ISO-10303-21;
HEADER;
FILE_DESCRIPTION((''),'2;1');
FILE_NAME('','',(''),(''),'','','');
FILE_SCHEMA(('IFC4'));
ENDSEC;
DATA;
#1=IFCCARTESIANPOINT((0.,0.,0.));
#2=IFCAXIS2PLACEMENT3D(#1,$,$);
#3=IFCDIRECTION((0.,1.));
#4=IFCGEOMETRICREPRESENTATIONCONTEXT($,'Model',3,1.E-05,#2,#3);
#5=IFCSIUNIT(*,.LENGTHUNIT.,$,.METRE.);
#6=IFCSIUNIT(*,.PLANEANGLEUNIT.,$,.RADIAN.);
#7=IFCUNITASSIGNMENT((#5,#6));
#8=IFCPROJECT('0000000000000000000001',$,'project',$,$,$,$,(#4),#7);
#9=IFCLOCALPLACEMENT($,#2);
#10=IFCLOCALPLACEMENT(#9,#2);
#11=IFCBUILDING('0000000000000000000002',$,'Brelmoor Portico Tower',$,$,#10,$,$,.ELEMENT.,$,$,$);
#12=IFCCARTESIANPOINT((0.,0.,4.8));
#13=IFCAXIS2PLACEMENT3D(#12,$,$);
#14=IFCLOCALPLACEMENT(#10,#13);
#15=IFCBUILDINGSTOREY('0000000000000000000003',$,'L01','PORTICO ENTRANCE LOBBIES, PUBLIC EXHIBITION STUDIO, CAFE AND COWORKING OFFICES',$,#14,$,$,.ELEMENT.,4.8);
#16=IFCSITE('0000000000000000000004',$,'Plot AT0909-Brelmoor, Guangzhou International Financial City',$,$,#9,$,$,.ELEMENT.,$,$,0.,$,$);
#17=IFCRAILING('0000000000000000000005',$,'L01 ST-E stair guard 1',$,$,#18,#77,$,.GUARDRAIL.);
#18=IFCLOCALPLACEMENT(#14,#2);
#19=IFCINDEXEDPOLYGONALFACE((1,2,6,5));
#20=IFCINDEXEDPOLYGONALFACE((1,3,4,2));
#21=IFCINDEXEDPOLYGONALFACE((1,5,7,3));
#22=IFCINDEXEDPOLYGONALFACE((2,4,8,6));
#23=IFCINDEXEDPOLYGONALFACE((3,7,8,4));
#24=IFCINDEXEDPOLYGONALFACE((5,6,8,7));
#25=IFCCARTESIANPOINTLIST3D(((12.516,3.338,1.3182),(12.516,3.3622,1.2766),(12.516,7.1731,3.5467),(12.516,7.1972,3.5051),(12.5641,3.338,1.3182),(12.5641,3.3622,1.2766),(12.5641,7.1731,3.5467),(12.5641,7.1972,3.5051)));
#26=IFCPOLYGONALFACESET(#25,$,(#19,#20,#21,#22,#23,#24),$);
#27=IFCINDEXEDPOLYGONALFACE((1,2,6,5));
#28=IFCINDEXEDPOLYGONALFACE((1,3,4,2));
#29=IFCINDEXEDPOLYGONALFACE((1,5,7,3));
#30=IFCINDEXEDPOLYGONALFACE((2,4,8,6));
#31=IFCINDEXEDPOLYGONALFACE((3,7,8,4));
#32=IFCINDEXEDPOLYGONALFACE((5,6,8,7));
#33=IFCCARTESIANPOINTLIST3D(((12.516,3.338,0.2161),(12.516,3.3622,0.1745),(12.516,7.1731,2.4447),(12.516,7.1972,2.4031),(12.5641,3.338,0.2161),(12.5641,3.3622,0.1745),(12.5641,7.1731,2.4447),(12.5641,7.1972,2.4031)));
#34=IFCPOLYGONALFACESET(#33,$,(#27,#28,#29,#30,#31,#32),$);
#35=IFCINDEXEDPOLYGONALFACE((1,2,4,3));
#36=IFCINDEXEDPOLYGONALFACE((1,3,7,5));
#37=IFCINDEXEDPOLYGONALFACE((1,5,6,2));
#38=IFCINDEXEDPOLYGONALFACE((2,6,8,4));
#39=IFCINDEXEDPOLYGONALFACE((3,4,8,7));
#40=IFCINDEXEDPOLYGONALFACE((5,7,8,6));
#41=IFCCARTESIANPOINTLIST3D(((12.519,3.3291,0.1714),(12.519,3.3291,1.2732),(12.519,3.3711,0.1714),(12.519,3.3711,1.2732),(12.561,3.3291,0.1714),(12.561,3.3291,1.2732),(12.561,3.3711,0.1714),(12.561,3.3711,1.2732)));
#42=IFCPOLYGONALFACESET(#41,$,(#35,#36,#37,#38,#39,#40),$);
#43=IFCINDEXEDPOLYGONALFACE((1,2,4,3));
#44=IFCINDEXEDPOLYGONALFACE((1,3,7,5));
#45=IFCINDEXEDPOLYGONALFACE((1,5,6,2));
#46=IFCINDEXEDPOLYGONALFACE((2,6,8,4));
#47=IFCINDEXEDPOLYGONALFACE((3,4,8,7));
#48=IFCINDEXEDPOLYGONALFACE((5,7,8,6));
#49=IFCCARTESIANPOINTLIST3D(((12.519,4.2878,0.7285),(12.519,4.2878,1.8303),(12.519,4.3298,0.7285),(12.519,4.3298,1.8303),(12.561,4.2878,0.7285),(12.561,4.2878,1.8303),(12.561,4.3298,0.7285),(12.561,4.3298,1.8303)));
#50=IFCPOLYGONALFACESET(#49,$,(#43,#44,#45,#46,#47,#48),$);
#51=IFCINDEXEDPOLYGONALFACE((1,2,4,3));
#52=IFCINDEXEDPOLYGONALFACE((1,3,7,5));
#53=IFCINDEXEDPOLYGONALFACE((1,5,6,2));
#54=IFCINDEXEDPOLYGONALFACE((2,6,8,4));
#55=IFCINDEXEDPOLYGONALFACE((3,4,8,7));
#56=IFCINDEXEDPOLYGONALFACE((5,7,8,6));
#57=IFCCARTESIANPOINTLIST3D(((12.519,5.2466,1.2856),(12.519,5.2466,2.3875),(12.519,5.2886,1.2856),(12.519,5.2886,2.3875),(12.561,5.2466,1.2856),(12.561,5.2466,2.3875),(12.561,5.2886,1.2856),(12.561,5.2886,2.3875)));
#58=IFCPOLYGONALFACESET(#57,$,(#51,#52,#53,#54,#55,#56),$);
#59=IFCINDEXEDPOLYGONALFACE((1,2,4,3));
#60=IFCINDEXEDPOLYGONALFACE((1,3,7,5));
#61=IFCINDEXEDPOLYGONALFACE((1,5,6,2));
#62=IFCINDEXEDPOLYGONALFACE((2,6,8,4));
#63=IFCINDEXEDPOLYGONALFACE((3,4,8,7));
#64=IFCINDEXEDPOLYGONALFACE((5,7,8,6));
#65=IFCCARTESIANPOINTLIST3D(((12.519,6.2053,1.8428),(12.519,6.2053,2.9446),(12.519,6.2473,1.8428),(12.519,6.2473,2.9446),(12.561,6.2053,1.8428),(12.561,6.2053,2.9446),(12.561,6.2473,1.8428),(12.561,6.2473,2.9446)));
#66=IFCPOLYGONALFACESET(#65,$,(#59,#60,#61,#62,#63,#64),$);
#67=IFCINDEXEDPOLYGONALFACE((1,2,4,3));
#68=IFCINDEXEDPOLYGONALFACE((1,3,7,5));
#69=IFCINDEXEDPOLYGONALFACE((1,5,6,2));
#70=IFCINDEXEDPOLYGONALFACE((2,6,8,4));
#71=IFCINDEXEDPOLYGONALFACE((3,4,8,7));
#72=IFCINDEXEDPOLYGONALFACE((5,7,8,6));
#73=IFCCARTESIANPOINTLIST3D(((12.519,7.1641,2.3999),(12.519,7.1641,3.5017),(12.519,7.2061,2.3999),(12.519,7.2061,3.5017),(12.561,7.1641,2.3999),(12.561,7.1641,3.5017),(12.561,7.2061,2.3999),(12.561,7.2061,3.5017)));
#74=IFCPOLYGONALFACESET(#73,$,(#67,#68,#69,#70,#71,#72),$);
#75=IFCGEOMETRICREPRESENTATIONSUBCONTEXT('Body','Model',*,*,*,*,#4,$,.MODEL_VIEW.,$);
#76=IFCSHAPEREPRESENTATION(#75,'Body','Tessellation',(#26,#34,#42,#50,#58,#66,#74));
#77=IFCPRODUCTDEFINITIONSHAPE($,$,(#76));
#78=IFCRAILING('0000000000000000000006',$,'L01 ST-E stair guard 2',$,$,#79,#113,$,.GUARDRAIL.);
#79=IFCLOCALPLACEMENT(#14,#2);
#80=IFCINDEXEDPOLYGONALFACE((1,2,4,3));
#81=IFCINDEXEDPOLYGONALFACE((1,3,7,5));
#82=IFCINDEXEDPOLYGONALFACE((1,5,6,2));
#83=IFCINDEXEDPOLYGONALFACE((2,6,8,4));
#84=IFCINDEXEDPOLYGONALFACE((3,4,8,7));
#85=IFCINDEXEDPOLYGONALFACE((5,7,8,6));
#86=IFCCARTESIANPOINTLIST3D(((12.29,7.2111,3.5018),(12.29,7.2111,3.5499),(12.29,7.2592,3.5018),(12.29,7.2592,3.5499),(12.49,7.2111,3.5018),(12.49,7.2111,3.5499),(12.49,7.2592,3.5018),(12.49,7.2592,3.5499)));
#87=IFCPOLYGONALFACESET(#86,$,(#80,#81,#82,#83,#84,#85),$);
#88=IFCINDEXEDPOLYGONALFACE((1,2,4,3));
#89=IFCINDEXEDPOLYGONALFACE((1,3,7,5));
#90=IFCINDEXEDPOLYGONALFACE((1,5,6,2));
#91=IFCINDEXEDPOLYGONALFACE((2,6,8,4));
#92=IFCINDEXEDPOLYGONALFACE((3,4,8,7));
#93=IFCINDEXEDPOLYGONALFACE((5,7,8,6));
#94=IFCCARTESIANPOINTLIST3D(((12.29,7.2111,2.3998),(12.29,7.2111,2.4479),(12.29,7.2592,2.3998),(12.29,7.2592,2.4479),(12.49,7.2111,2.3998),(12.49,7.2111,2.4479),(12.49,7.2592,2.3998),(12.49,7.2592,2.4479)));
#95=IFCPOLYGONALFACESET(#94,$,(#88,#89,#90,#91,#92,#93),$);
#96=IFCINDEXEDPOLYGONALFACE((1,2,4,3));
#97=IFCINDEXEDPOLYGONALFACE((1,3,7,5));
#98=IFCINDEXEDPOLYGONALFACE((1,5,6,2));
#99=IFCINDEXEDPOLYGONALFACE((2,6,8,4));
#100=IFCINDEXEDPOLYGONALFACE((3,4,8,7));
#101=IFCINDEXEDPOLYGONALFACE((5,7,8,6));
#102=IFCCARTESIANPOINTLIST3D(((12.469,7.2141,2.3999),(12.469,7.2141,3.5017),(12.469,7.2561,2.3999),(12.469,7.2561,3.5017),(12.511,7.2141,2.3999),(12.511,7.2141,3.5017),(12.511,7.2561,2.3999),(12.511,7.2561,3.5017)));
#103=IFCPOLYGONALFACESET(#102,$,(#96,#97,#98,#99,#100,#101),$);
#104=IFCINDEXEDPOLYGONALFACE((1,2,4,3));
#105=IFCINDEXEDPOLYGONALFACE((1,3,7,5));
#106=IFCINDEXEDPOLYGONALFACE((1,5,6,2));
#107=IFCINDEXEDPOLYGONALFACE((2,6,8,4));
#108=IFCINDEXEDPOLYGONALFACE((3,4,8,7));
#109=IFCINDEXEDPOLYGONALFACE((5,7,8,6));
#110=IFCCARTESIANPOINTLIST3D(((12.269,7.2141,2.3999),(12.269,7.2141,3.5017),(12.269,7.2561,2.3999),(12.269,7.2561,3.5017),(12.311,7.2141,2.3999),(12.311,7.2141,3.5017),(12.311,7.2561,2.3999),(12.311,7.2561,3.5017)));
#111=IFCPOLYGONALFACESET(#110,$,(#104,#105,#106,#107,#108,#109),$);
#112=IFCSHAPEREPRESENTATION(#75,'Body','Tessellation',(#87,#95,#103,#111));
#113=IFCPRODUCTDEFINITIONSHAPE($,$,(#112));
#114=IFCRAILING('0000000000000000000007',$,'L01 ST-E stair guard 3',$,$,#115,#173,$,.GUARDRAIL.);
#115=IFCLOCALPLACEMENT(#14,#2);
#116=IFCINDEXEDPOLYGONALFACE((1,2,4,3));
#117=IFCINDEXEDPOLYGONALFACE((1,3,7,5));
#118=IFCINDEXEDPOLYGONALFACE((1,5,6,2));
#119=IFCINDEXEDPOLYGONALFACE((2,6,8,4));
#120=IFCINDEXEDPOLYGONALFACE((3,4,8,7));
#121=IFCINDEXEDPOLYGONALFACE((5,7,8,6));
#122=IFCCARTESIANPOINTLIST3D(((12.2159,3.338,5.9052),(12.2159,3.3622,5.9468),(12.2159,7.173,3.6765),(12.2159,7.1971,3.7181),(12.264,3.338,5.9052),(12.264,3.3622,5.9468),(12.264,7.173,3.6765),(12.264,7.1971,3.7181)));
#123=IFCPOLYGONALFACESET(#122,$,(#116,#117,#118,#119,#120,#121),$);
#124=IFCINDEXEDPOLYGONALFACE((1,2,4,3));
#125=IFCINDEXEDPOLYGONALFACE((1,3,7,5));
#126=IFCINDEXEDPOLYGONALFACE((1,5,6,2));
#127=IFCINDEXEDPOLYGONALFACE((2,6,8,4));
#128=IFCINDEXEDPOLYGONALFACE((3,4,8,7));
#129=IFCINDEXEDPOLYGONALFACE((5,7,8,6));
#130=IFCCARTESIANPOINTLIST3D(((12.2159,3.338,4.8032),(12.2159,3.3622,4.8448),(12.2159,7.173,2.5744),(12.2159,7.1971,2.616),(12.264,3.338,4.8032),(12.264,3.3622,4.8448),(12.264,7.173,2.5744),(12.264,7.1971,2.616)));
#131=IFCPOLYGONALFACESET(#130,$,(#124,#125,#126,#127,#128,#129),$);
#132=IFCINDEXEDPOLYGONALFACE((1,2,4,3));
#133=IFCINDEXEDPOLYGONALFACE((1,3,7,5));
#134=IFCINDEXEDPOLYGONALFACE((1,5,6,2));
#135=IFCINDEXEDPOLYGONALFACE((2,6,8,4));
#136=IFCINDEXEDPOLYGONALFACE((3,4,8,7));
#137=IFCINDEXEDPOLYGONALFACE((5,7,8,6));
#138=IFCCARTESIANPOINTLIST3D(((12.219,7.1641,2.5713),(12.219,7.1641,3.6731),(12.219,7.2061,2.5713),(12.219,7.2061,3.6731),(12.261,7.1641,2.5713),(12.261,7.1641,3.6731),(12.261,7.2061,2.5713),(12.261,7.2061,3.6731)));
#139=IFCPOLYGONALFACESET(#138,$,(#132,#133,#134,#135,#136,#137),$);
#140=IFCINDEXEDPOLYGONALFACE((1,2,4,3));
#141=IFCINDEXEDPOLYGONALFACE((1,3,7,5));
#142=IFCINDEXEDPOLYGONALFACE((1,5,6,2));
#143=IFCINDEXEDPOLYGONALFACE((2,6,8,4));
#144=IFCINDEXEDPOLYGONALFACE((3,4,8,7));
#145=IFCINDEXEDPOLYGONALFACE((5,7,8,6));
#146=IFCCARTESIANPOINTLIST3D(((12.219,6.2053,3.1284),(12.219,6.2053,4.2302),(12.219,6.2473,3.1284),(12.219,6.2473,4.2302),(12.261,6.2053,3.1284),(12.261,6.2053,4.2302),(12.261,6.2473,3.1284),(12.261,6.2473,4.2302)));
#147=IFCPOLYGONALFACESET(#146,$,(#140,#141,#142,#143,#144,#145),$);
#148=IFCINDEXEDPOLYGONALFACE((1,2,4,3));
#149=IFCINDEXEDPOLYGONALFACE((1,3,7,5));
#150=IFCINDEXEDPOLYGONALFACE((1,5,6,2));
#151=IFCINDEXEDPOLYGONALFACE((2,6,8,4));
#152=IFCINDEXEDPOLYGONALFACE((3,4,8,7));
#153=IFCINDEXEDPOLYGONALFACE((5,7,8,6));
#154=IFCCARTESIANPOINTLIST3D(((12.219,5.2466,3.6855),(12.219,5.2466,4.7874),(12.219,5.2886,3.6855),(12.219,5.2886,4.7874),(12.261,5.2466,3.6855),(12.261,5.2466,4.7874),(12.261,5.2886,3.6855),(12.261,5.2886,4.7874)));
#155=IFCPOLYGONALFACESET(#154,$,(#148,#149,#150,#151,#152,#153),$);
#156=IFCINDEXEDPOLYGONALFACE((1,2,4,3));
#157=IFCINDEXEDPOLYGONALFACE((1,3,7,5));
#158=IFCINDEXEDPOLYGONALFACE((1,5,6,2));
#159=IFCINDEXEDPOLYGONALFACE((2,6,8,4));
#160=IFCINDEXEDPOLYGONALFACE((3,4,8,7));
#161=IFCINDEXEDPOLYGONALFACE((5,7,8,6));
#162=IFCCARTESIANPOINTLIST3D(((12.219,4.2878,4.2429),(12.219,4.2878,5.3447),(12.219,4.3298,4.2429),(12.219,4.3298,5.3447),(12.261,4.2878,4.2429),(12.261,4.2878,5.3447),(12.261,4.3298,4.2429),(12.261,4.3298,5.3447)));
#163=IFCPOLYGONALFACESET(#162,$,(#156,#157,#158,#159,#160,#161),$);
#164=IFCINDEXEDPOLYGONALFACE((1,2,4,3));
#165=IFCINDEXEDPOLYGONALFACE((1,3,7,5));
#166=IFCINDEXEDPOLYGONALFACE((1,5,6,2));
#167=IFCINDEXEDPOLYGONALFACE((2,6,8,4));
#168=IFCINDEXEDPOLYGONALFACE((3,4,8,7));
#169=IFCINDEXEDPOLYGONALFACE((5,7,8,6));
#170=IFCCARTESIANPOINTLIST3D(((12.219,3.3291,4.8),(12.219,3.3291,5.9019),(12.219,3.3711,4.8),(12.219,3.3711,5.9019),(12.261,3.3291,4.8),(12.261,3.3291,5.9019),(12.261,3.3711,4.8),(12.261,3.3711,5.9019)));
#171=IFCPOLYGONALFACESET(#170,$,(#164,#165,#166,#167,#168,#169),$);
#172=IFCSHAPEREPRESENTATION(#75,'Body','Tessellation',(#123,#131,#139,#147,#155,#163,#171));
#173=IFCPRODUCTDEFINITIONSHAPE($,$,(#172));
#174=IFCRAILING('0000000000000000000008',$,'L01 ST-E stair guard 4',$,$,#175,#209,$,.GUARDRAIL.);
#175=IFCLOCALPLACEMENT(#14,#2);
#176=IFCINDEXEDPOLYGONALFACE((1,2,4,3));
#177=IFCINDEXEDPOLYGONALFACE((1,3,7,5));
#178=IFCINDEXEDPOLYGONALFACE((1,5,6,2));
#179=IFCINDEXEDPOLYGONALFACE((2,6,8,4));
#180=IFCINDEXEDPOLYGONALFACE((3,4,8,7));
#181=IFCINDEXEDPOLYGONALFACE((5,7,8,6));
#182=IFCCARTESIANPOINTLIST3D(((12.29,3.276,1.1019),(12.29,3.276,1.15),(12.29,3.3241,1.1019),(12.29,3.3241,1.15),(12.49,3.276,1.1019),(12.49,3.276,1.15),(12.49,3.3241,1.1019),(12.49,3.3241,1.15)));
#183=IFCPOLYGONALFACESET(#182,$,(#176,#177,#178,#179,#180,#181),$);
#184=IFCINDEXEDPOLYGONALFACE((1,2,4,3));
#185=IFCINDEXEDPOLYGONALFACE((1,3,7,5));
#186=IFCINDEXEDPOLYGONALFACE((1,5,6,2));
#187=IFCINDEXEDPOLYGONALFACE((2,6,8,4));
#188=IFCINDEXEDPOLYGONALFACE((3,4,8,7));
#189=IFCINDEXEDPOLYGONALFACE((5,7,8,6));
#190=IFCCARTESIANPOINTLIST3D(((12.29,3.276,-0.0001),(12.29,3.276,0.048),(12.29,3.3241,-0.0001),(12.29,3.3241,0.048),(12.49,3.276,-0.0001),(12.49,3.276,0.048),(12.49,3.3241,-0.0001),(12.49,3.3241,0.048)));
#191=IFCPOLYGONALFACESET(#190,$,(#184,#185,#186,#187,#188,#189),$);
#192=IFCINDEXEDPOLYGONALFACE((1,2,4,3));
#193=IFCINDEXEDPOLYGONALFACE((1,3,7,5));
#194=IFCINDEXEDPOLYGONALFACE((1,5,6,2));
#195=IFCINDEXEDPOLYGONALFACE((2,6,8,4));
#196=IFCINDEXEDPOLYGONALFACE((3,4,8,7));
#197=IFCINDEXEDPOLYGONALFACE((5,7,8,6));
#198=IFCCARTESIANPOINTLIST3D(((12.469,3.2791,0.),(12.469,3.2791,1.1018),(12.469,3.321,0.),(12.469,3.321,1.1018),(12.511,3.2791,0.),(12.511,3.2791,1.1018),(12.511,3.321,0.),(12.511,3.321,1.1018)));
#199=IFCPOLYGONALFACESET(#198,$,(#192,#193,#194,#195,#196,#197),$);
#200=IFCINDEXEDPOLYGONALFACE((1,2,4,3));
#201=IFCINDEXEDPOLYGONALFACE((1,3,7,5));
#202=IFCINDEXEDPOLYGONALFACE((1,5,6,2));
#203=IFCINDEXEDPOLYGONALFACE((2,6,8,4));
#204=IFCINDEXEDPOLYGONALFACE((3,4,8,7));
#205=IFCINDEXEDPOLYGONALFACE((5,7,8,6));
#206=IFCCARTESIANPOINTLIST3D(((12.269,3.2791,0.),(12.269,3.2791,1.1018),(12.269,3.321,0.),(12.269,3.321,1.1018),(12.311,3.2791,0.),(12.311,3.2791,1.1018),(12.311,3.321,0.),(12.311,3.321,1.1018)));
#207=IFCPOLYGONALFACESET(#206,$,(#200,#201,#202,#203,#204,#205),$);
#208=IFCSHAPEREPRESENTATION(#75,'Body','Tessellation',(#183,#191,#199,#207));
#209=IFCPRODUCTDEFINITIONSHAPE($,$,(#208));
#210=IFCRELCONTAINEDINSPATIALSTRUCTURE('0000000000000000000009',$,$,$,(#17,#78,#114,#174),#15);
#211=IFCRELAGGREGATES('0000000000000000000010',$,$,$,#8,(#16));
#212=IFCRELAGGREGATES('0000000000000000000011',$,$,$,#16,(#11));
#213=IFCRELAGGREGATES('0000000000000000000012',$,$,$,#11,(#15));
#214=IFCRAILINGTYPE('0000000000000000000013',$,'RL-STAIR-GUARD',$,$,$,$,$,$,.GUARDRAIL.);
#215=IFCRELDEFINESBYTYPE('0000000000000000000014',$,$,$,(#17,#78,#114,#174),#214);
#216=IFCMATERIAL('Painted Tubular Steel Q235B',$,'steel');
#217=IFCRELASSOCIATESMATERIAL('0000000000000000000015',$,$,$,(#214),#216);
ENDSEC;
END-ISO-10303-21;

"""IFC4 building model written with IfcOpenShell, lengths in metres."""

from ifc_helpers import new_model, si_unit, direction, frame, origin, origin_2d, place, context, subcontext, project, spatial, rectangle, extrude, material, type_object, element, save


model = new_model("IFC4")

# Units and contexts
model_context = context("Model", 3, precision=1e-05, world=origin(), true_north=direction((0.0, 1.0)))
body_context = subcontext(model_context, "Body", "Model", "MODEL_VIEW")
ifc_project = project(units=[si_unit("LENGTHUNIT", "METRE"), si_unit("PLANEANGLEUNIT", "RADIAN")], contexts=[model_context])

# Site, building, storey
site_placement = place(None, origin())
site = spatial("IfcSite", under=ifc_project, at=site_placement, Name="Plot AT0909-Brelmoor, Guangzhou International Financial City", CompositionType="ELEMENT", RefElevation=0.0)
building_placement = place(site_placement, origin())
building = spatial("IfcBuilding", under=site, at=building_placement, Name="Brelmoor Portico Tower", CompositionType="ELEMENT")
storey_placement = place(building_placement, frame((0.0, 0.0, 4.8)))
storey = spatial("IfcBuildingStorey", under=building, at=storey_placement, Name="L01", Description="PORTICO ENTRANCE LOBBIES, PUBLIC EXHIBITION STUDIO, CAFE AND COWORKING OFFICES", CompositionType="ELEMENT", Elevation=4.8)

# Railings
ifc_material_1 = material(Name="Painted Tubular Steel Q235B", Category="steel")
railing_type_1 = type_object("IfcRailingType", Name="RL-STAIR-GUARD", PredefinedType="GUARDRAIL", material=ifc_material_1)
railing_1_placement = place(storey_placement, frame((12.54, 3.3501, 0.1714)))
element("IfcRailing", 1, at=railing_1_placement, inside=storey, type_object=railing_type_1, Name="L01 ST-E stair guard 1", PredefinedType="GUARDRAIL", context=body_context, shape_type="SweptSolid", body=[
    extrude(rectangle(XDim=0.0481, YDim=0.0481, at=origin_2d()), frame((0.0, 0.0, 1.126), z_axis=(0.0, 0.864616, 0.502433), x_axis=(-1.0, 0.0, 0.0)), (0.0, 0.0, 1.0), 4.4355),
    extrude(rectangle(XDim=0.0481, YDim=0.0481, at=origin_2d()), frame((0.0, 0.0, 0.0239), z_axis=(0.0, 0.864616, 0.502433), x_axis=(-1.0, 0.0, 0.0)), (0.0, 0.0, 1.0), 4.4355),
    extrude(rectangle(XDim=0.042, YDim=0.042, at=origin_2d()), origin(), (0.0, 0.0, 1.0), 1.1018),
    extrude(rectangle(XDim=0.042, YDim=0.042, at=origin_2d()), frame((0.0, 0.9587, 0.5571)), (0.0, 0.0, 1.0), 1.1018),
    extrude(rectangle(XDim=0.042, YDim=0.042, at=origin_2d()), frame((0.0, 1.9175, 1.1143)), (0.0, 0.0, 1.0), 1.1018),
    extrude(rectangle(XDim=0.042, YDim=0.042, at=origin_2d()), frame((0.0, 2.8762, 1.6714)), (0.0, 0.0, 1.0), 1.1018),
    extrude(rectangle(XDim=0.042, YDim=0.042, at=origin_2d()), frame((0.0, 3.835, 2.2285)), (0.0, 0.0, 1.0), 1.1018),
])
railing_2_placement = place(storey_placement, frame((12.49, 7.2351, 2.3999)))
element("IfcRailing", 2, at=railing_2_placement, inside=storey, type_object=railing_type_1, Name="L01 ST-E stair guard 2", PredefinedType="GUARDRAIL", context=body_context, shape_type="SweptSolid", body=[
    extrude(rectangle(XDim=0.0481, YDim=0.0481, at=origin_2d()), frame((0.0, 0.0, 1.126), z_axis=(-1.0, 0.0, 0.0), x_axis=(0.0, -1.0, 0.0)), (0.0, 0.0, 1.0), 0.2),
    extrude(rectangle(XDim=0.0481, YDim=0.0481, at=origin_2d()), frame((0.0, 0.0, 0.0239), z_axis=(-1.0, 0.0, 0.0), x_axis=(0.0, -1.0, 0.0)), (0.0, 0.0, 1.0), 0.2),
    extrude(rectangle(XDim=0.042, YDim=0.042, at=origin_2d()), origin(), (0.0, 0.0, 1.0), 1.1018),
    extrude(rectangle(XDim=0.042, YDim=0.042, at=origin_2d()), frame((-0.2, 0.0, 0.0)), (0.0, 0.0, 1.0), 1.1018),
])
railing_3_placement = place(storey_placement, frame((12.24, 7.1851, 2.5713)))
element("IfcRailing", 3, at=railing_3_placement, inside=storey, type_object=railing_type_1, Name="L01 ST-E stair guard 3", PredefinedType="GUARDRAIL", context=body_context, shape_type="SweptSolid", body=[
    extrude(rectangle(XDim=0.0481, YDim=0.0481, at=origin_2d()), frame((0.0, 0.0, 1.126), z_axis=(0.0, -0.864592, 0.502474), x_axis=(1.0, 0.0, 0.0)), (0.0, 0.0, 1.0), 4.4355),
    extrude(rectangle(XDim=0.0481, YDim=0.0481, at=origin_2d()), frame((0.0, 0.0, 0.0239), z_axis=(0.0, -0.864592, 0.502474), x_axis=(1.0, 0.0, 0.0)), (0.0, 0.0, 1.0), 4.4355),
    extrude(rectangle(XDim=0.042, YDim=0.042, at=origin_2d()), origin(), (0.0, 0.0, 1.0), 1.1018),
    extrude(rectangle(XDim=0.042, YDim=0.042, at=origin_2d()), frame((0.0, -0.9587, 0.5571)), (0.0, 0.0, 1.0), 1.1018),
    extrude(rectangle(XDim=0.042, YDim=0.042, at=origin_2d()), frame((0.0, -1.9175, 1.1143)), (0.0, 0.0, 1.0), 1.1018),
    extrude(rectangle(XDim=0.042, YDim=0.042, at=origin_2d()), frame((0.0, -2.8762, 1.6716)), (0.0, 0.0, 1.0), 1.1018),
    extrude(rectangle(XDim=0.042, YDim=0.042, at=origin_2d()), frame((0.0, -3.835, 2.2288)), (0.0, 0.0, 1.0), 1.1018),
])
railing_4_placement = place(storey_placement, frame((12.49, 3.3, 0.0)))
element("IfcRailing", 4, at=railing_4_placement, inside=storey, type_object=railing_type_1, Name="L01 ST-E stair guard 4", PredefinedType="GUARDRAIL", context=body_context, shape_type="SweptSolid", body=[
    extrude(rectangle(XDim=0.0481, YDim=0.0481, at=origin_2d()), frame((0.0, 0.0, 1.126), z_axis=(-1.0, 0.0, 0.0), x_axis=(0.0, -1.0, 0.0)), (0.0, 0.0, 1.0), 0.2),
    extrude(rectangle(XDim=0.0481, YDim=0.0481, at=origin_2d()), frame((0.0, 0.0, 0.0239), z_axis=(-1.0, 0.0, 0.0), x_axis=(0.0, -1.0, 0.0)), (0.0, 0.0, 1.0), 0.2),
    extrude(rectangle(XDim=0.042, YDim=0.042, at=origin_2d()), origin(), (0.0, 0.0, 1.0), 1.1018),
    extrude(rectangle(XDim=0.042, YDim=0.042, at=origin_2d()), frame((-0.2, 0.0, 0.0)), (0.0, 0.0, 1.0), 1.1018),
])

save(model, "model.ifc")
